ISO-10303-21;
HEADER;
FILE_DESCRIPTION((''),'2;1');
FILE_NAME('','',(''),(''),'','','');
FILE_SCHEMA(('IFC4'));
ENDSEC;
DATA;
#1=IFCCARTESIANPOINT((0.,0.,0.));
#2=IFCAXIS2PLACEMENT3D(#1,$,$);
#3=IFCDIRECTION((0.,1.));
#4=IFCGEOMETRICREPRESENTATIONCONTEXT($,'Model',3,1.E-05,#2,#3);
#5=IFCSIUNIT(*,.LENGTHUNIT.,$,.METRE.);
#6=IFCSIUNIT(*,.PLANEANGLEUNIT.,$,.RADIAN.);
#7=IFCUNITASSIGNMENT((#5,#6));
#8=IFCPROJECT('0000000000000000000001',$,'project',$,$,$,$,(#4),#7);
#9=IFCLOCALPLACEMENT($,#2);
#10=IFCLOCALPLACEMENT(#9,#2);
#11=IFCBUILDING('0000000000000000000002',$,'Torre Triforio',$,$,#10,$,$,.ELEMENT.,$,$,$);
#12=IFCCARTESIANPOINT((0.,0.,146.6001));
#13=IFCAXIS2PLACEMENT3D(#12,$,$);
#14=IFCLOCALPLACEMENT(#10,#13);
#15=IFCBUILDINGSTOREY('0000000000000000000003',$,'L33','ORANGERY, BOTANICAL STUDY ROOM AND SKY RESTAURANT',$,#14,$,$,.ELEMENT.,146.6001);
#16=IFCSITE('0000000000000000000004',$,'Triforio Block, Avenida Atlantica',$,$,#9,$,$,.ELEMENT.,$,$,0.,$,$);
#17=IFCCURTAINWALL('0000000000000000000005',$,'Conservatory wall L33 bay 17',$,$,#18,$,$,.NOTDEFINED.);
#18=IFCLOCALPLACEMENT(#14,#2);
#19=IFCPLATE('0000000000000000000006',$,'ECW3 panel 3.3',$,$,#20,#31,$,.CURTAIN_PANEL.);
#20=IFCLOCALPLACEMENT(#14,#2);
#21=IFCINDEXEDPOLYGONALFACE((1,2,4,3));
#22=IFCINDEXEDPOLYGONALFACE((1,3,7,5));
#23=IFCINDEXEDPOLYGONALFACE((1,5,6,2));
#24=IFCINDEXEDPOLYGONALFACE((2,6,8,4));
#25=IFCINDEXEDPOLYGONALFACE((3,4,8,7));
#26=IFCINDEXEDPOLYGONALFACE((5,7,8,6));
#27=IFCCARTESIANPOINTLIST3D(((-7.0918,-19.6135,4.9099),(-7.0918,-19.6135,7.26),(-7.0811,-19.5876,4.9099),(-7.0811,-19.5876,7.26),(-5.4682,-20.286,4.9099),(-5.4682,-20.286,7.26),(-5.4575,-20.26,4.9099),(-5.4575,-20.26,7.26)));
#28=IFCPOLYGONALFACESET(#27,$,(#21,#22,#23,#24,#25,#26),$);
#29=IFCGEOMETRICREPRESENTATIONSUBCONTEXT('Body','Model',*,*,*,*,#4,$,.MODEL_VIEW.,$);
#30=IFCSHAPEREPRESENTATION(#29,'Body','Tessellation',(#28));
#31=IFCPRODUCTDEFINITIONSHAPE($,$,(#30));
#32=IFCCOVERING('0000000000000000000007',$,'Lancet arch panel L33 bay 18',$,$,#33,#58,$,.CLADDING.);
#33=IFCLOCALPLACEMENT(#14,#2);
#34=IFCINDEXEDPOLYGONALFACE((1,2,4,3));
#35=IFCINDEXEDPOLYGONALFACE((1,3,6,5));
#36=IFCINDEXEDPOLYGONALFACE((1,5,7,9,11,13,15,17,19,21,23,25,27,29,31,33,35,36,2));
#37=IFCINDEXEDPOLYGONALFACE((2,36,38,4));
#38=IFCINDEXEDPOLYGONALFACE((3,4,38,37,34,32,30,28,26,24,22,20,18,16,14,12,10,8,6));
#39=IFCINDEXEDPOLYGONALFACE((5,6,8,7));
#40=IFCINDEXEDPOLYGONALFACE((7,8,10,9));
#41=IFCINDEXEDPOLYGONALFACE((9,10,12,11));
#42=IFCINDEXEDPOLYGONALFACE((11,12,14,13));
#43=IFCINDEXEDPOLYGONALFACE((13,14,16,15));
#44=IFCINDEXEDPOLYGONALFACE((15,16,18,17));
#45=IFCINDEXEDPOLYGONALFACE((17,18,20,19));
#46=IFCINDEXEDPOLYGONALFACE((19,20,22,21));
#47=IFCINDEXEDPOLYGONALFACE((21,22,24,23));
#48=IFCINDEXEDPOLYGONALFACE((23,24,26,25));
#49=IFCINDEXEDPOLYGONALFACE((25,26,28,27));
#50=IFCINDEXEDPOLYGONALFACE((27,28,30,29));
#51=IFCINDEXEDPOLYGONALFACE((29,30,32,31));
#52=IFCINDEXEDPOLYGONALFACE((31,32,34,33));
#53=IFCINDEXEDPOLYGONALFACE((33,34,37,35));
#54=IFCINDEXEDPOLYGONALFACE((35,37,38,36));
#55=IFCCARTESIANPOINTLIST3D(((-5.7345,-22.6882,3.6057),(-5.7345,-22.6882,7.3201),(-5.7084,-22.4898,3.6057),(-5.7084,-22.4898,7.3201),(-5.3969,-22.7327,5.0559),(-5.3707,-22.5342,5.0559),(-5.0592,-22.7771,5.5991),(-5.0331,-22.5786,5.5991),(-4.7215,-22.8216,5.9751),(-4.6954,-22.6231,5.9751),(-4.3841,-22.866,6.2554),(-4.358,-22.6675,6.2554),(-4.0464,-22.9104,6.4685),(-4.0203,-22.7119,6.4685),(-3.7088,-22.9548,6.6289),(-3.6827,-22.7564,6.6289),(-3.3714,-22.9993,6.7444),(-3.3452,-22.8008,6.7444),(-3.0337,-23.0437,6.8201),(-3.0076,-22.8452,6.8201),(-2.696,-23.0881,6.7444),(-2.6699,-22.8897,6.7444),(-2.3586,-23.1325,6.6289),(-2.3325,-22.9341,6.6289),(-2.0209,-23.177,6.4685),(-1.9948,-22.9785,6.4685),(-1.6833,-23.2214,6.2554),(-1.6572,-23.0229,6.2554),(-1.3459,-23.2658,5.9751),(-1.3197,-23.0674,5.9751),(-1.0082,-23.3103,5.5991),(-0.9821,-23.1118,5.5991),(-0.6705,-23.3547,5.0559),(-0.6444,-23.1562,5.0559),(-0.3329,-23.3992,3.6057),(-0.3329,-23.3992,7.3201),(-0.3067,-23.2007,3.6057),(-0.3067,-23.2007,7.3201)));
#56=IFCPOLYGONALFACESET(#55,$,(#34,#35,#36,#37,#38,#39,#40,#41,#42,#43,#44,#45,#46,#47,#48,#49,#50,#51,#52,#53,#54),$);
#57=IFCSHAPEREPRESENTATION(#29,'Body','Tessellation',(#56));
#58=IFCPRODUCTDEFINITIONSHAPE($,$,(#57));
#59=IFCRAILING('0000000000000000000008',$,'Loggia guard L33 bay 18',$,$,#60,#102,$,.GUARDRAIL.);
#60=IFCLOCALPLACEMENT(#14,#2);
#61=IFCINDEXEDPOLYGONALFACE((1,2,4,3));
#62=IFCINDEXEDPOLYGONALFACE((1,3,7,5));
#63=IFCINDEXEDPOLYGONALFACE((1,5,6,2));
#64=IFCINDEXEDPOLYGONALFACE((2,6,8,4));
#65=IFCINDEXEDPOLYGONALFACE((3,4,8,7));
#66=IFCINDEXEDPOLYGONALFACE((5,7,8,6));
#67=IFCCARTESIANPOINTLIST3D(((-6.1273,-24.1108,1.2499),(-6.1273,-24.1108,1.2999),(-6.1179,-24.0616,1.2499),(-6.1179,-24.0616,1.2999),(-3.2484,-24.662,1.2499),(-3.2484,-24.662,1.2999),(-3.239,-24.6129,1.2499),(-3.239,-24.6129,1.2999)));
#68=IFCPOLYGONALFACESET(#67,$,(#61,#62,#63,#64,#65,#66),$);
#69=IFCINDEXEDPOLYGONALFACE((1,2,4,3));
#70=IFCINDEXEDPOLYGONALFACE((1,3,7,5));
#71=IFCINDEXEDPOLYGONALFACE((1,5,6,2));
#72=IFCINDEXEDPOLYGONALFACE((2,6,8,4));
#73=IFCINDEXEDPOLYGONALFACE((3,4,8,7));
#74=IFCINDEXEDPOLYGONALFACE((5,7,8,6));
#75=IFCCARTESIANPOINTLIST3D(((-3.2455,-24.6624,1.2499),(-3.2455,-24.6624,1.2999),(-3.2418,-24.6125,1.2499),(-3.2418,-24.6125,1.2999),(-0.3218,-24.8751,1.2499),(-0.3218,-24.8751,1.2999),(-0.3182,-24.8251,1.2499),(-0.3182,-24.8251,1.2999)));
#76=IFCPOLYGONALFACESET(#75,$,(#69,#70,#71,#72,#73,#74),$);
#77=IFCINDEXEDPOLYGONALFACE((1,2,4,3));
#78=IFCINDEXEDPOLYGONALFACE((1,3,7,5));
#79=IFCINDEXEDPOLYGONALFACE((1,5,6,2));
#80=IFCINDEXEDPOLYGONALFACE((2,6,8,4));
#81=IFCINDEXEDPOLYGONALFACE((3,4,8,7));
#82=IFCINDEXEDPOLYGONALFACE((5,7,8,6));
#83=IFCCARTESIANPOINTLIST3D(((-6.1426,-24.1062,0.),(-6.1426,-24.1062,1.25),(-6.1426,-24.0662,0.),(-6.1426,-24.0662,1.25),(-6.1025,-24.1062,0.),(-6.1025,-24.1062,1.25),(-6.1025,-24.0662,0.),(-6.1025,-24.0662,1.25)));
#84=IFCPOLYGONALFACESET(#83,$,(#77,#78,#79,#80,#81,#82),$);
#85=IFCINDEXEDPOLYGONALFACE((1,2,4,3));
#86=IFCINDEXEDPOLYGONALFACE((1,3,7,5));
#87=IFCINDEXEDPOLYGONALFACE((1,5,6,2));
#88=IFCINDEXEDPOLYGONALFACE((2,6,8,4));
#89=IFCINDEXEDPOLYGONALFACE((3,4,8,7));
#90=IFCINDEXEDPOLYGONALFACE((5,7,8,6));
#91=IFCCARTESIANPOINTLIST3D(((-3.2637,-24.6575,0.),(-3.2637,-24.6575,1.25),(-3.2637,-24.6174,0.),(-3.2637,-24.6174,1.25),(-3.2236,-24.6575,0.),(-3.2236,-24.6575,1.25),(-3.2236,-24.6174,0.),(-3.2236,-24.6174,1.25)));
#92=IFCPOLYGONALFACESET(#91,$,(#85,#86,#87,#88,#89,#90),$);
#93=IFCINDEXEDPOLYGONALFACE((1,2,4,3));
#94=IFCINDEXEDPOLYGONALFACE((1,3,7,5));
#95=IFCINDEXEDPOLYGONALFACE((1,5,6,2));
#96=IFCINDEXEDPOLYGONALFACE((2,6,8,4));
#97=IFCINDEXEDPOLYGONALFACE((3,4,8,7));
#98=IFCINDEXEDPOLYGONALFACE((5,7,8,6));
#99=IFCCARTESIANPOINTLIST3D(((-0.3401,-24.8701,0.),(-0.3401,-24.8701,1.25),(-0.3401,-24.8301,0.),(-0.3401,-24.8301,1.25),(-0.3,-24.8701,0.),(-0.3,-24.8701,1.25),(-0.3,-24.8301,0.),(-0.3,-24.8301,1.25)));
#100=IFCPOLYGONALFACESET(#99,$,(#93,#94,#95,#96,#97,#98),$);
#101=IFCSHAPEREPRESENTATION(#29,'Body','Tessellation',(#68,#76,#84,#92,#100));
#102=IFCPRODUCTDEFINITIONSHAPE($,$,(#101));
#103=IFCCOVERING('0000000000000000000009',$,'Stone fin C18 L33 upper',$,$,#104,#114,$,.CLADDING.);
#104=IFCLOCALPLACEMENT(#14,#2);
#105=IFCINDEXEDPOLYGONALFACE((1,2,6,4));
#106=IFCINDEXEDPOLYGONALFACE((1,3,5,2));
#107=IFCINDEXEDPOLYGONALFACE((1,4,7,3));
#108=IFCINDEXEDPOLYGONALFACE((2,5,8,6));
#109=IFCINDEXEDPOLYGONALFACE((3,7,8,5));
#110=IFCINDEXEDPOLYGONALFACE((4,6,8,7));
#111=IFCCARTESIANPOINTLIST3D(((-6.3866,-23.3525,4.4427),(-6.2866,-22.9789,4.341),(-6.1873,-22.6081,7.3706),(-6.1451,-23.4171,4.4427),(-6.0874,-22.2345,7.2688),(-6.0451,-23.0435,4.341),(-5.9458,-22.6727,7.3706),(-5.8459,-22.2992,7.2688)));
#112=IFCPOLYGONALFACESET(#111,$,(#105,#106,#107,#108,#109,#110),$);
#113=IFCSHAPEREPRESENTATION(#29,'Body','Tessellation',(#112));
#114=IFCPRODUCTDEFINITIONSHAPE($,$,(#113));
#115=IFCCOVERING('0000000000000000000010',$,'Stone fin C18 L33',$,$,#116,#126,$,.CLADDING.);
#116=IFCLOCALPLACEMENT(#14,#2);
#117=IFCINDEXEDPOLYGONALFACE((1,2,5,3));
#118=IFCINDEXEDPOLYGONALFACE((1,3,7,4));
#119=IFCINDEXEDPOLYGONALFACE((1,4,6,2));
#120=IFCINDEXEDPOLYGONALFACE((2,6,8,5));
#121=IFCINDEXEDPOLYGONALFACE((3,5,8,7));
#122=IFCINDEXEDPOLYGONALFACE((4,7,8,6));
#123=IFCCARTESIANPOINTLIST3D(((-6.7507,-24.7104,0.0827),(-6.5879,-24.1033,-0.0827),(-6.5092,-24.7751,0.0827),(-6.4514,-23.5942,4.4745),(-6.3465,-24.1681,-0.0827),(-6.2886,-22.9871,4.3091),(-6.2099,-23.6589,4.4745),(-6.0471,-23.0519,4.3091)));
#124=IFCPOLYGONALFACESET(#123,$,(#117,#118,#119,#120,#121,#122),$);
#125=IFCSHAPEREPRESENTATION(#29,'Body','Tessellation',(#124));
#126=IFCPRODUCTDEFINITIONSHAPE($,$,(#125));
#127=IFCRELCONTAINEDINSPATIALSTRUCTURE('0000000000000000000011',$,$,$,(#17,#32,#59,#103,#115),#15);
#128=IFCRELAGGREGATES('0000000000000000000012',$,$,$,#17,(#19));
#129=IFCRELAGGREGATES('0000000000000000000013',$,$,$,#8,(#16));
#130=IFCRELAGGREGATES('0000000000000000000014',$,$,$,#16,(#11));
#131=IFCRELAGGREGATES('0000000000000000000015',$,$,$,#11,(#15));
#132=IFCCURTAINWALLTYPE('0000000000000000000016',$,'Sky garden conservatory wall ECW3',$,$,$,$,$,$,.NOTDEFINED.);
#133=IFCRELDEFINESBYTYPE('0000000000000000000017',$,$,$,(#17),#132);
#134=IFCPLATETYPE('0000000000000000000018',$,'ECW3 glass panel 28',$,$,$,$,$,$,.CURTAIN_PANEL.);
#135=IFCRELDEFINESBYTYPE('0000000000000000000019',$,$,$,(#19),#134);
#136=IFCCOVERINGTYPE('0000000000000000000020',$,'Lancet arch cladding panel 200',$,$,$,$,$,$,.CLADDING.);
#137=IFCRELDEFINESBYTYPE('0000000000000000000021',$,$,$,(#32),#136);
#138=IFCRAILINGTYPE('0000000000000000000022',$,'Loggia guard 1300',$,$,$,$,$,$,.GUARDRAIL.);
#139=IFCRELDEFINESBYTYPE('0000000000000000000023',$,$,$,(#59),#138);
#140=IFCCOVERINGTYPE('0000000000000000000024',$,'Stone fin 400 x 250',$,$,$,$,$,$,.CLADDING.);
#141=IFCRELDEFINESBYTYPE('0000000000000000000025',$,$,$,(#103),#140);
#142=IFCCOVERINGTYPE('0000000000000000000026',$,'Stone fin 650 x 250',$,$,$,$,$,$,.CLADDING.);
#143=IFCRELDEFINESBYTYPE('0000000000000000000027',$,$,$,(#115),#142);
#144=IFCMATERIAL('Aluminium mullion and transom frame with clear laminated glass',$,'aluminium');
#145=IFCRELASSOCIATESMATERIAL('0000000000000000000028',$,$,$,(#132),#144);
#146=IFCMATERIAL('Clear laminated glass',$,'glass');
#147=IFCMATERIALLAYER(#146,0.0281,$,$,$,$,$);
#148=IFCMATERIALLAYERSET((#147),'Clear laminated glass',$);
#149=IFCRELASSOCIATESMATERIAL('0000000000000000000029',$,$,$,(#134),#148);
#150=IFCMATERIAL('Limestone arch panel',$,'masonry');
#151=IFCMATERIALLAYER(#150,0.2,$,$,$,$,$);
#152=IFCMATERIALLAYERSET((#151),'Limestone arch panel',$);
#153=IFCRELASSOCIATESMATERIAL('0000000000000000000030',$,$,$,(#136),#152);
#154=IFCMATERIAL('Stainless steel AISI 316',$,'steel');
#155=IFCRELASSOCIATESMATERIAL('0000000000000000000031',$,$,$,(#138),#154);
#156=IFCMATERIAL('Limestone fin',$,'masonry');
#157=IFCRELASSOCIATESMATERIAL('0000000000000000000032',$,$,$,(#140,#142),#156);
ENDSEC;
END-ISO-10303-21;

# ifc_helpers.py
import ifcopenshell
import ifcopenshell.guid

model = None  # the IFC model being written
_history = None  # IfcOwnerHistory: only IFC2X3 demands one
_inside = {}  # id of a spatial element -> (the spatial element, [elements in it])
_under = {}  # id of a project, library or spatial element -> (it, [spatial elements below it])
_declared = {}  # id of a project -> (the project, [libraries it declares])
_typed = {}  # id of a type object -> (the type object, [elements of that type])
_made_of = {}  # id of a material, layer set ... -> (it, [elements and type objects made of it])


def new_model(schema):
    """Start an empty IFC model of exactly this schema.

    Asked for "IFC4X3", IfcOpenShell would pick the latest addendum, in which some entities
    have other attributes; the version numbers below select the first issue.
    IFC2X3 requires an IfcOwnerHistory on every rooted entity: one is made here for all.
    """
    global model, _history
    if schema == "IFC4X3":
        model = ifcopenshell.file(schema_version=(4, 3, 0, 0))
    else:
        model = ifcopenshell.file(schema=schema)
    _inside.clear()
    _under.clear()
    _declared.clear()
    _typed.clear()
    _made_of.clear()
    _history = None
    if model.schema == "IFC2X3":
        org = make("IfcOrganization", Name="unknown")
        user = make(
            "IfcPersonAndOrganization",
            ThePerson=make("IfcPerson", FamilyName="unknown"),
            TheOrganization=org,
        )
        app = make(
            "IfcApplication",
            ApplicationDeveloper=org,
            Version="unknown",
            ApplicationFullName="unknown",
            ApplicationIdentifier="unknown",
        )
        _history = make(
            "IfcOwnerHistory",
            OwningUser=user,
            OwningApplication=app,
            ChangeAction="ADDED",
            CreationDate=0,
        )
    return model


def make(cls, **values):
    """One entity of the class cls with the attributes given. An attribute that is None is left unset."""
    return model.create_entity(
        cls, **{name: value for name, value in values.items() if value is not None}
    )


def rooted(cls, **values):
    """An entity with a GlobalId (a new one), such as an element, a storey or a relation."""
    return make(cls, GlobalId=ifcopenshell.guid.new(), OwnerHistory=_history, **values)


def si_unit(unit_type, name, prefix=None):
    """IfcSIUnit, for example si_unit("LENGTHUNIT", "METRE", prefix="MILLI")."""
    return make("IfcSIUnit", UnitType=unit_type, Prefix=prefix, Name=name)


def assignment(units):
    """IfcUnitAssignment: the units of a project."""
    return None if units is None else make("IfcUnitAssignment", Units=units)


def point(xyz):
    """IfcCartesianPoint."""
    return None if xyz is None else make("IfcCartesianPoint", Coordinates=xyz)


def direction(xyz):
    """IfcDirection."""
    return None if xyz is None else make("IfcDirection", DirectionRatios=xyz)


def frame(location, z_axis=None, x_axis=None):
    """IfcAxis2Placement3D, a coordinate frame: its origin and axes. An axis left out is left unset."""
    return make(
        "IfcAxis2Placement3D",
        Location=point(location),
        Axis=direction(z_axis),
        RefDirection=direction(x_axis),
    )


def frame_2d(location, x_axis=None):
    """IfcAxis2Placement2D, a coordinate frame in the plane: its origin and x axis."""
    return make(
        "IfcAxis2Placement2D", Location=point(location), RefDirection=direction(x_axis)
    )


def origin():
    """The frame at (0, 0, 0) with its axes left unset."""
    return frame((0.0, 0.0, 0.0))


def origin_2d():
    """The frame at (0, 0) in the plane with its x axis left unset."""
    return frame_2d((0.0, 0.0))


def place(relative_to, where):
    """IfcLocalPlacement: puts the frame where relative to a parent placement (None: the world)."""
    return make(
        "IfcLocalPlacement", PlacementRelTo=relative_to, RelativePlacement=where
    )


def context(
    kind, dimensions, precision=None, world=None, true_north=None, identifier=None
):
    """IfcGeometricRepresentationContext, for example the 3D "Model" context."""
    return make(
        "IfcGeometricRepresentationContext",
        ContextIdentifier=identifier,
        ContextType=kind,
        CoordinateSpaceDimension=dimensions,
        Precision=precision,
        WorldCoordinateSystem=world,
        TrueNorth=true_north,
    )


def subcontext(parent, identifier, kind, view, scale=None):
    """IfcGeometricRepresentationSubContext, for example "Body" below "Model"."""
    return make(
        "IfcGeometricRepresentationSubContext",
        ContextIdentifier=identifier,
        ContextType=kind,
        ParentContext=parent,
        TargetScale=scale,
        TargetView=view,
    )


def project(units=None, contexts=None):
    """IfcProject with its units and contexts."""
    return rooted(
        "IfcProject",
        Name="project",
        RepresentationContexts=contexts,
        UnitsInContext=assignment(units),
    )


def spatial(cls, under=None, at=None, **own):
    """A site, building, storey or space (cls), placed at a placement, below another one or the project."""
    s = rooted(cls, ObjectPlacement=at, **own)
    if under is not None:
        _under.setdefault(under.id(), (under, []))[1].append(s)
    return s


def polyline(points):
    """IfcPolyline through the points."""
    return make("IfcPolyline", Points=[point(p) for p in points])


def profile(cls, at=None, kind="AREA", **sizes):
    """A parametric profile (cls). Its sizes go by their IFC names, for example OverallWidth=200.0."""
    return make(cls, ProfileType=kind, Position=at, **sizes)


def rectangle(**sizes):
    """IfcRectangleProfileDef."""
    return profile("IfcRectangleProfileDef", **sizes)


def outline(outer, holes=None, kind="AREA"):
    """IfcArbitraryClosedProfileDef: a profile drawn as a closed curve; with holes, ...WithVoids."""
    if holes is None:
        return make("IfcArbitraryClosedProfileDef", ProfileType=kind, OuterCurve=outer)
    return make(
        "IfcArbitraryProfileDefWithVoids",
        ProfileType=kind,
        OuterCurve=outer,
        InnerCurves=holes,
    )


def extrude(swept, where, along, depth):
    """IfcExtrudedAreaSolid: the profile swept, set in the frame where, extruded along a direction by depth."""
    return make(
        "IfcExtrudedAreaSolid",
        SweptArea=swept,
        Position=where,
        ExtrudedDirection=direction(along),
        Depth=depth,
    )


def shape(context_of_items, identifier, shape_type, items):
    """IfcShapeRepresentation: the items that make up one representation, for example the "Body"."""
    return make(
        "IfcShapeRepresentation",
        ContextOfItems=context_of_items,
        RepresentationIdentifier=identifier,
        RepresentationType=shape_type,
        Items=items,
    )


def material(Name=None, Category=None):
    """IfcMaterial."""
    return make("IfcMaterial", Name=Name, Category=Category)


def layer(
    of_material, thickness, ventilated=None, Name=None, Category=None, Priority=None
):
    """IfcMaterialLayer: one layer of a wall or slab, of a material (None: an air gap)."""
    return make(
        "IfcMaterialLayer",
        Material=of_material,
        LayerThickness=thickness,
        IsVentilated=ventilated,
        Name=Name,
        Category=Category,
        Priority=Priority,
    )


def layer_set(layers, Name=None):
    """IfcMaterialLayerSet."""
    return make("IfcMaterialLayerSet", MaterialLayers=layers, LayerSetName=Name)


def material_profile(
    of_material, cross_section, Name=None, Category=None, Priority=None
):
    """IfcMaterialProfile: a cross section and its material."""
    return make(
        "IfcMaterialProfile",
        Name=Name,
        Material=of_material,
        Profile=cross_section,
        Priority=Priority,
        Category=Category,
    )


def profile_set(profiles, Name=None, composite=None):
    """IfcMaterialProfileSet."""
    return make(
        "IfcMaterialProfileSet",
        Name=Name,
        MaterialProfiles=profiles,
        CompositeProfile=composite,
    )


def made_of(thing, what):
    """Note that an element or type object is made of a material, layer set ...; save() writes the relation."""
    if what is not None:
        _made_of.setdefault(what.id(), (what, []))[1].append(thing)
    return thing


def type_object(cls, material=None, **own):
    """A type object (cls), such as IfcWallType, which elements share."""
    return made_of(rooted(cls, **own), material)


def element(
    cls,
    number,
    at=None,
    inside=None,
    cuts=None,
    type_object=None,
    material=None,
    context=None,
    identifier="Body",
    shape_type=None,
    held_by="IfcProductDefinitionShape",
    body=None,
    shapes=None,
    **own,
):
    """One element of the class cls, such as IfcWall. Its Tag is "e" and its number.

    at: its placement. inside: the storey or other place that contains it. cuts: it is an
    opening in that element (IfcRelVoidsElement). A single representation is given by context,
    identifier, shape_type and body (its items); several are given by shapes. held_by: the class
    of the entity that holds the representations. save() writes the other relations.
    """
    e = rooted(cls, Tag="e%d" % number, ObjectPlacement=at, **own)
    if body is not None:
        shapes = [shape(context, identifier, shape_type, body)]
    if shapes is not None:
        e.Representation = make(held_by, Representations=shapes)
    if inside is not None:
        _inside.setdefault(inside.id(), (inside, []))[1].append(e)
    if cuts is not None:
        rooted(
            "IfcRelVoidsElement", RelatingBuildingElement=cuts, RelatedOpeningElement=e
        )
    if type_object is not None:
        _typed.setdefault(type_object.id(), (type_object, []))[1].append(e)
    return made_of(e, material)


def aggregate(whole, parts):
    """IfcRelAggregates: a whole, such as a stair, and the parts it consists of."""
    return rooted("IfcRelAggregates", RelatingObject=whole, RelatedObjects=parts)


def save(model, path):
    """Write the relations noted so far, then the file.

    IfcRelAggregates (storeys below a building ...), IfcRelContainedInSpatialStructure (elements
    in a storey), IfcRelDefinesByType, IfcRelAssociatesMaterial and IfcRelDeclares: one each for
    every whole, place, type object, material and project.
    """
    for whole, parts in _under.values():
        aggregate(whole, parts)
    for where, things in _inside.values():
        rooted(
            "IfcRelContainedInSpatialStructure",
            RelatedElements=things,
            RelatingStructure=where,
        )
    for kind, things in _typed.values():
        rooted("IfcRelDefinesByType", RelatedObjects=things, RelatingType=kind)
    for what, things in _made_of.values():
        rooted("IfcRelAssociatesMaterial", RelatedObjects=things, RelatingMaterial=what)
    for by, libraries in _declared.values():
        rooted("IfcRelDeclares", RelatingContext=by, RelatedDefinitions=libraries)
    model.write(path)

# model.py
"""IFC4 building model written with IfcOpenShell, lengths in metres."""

from ifc_helpers import new_model, si_unit, direction, frame, origin, origin_2d, place, context, subcontext, project, spatial, polyline, rectangle, outline, extrude, material, layer, layer_set, material_profile, profile_set, type_object, element, aggregate, save


model = new_model("IFC4")

# Units and contexts
model_context = context("Model", 3, precision=1e-05, world=origin(), true_north=direction((0.0, 1.0)))
body_context = subcontext(model_context, "Body", "Model", "MODEL_VIEW")
ifc_project = project(units=[si_unit("LENGTHUNIT", "METRE"), si_unit("PLANEANGLEUNIT", "RADIAN")], contexts=[model_context])

# Site, building, storey
site_placement = place(None, origin())
site = spatial("IfcSite", under=ifc_project, at=site_placement, Name="Triforio Block, Avenida Atlantica", CompositionType="ELEMENT", RefElevation=0.0)
building_placement = place(site_placement, origin())
building = spatial("IfcBuilding", under=site, at=building_placement, Name="Torre Triforio", CompositionType="ELEMENT")
storey_placement = place(building_placement, frame((0.0, 0.0, 146.6001)))
storey = spatial("IfcBuildingStorey", under=building, at=storey_placement, Name="L33", Description="ORANGERY, BOTANICAL STUDY ROOM AND SKY RESTAURANT", CompositionType="ELEMENT", Elevation=146.6001)

# Curtain wall
ifc_material_1 = material(Name="Aluminium mullion and transom frame with clear laminated glass", Category="aluminium")
curtain_wall_type = type_object("IfcCurtainWallType", Name="Sky garden conservatory wall ECW3", PredefinedType="NOTDEFINED", material=ifc_material_1)
curtain_wall_1_placement = place(storey_placement, origin())
curtain_wall_1 = element("IfcCurtainWall", 1, at=curtain_wall_1_placement, inside=storey, type_object=curtain_wall_type, Name="Conservatory wall L33 bay 17", PredefinedType="NOTDEFINED")

# Plate
ifc_material_2 = material(Name="Clear laminated glass", Category="glass")
ifc_layer_1 = layer(ifc_material_2, 0.0281)
ifc_layer_set_1 = layer_set([ifc_layer_1], Name="Clear laminated glass")
plate_type = type_object("IfcPlateType", Name="ECW3 glass panel 28", PredefinedType="CURTAIN_PANEL", material=ifc_layer_set_1)
plate_1_placement = place(storey_placement, frame((-6.2747, -19.9368, 4.9099), z_axis=(0.0, 0.0, 1.0), x_axis=(0.923883, -0.382675, 0.0)))
plate_1 = element("IfcPlate", 2, at=plate_1_placement, type_object=plate_type, Name="ECW3 panel 3.3", PredefinedType="CURTAIN_PANEL", context=body_context, shape_type="SweptSolid", body=[
    extrude(rectangle(XDim=1.7573, YDim=0.0281, at=origin_2d()), origin(), (0.0, 0.0, 1.0), 2.3501),
])
aggregate(curtain_wall_1, [plate_1])

# Covering
ifc_material_3 = material(Name="Limestone arch panel", Category="masonry")
ifc_layer_2 = layer(ifc_material_3, 0.2)
ifc_layer_set_2 = layer_set([ifc_layer_2], Name="Limestone arch panel")
covering_type_1 = type_object("IfcCoveringType", Name="Lancet arch cladding panel 200", PredefinedType="CLADDING", material=ifc_layer_set_2)
covering_1_placement = place(storey_placement, frame((-3.0076, -22.8452, 0.0), z_axis=(-0.130486, -0.99145, 0.0), x_axis=(0.99145, -0.130486, 0.0)))
element("IfcCovering", 3, at=covering_1_placement, inside=storey, type_object=covering_type_1, Name="Lancet arch panel L33 bay 18", PredefinedType="CLADDING", context=body_context, shape_type="SweptSolid", body=[
    extrude(outline(polyline([(-2.7241, 7.3201), (-2.7241, 3.6057), (-2.3835, 5.0559), (-2.043, 5.5991), (-1.7024, 5.9751), (-1.3621, 6.2554), (-1.0215, 6.4685), (-0.6809, 6.6289), (-0.3406, 6.7444), (0.0, 6.8201), (0.3406, 6.7444), (0.6809, 6.6289), (1.0215, 6.4685), (1.3621, 6.2554), (1.7024, 5.9751), (2.043, 5.5991), (2.3835, 5.0559), (2.7241, 3.6057), (2.7241, 7.3201), (-2.7241, 7.3201)])), origin(), (0.0, 0.0, 1.0), 0.2002),
])

# Railing
ifc_material_4 = material(Name="Stainless steel AISI 316", Category="steel")
railing_type = type_object("IfcRailingType", Name="Loggia guard 1300", PredefinedType="GUARDRAIL", material=ifc_material_4)
railing_placement = place(storey_placement, frame((-6.1226, -24.0862, 0.0)))
element("IfcRailing", 4, at=railing_placement, inside=storey, type_object=railing_type, Name="Loggia guard L33 bay 18", PredefinedType="GUARDRAIL", context=body_context, shape_type="SweptSolid", body=[
    extrude(rectangle(XDim=0.05, YDim=0.05, at=origin_2d()), frame((0.0, 0.0, 1.2749), z_axis=(0.982156, -0.188069, 0.0), x_axis=(0.188069, 0.982156, 0.0)), (0.0, 0.0, 1.0), 2.9312),
    extrude(rectangle(XDim=0.05, YDim=0.05, at=origin_2d()), frame((2.8789, -0.5513, 1.2749), z_axis=(0.997365, -0.072543, 0.0), x_axis=(0.072543, 0.997365, 0.0)), (0.0, 0.0, 1.0), 2.9314),
    extrude(rectangle(XDim=0.04, YDim=0.04, at=origin_2d()), origin(), (0.0, 0.0, 1.0), 1.25),
    extrude(rectangle(XDim=0.04, YDim=0.04, at=origin_2d()), frame((2.8789, -0.5513, 0.0)), (0.0, 0.0, 1.0), 1.25),
    extrude(rectangle(XDim=0.04, YDim=0.04, at=origin_2d()), frame((5.8025, -0.7639, 0.0)), (0.0, 0.0, 1.0), 1.25),
])

# Coverings
ifc_material_5 = material(Name="Limestone fin", Category="masonry")
ifc_material_profile_1 = material_profile(ifc_material_5, rectangle(XDim=0.3999, YDim=0.25, at=origin_2d()), Name="FIN 400x250")
ifc_profile_set_1 = profile_set([ifc_material_profile_1], Name="Limestone fin")
covering_type_2 = type_object("IfcCoveringType", Name="Stone fin 400 x 250", PredefinedType="CLADDING", material=ifc_profile_set_1)
covering_2_placement = place(storey_placement, frame((-6.2158, -23.198, 4.3918), z_axis=(0.065799, 0.24586, 0.96707), x_axis=(-0.250017, -0.934192, 0.254512)))
element("IfcCovering", 5, at=covering_2_placement, inside=storey, type_object=covering_type_2, Name="Stone fin C18 L33 upper", PredefinedType="CLADDING", context=body_context, shape_type="SweptSolid", body=[
    extrude(rectangle(XDim=0.3999, YDim=0.25, at=origin_2d()), origin(), (0.0, 0.0, 1.0), 3.0276),
])
ifc_material_profile_2 = material_profile(ifc_material_5, rectangle(XDim=0.6499, YDim=0.25, at=origin_2d()), Name="FIN 650x250")
ifc_profile_set_2 = profile_set([ifc_material_profile_2], Name="Limestone fin")
covering_type_3 = type_object("IfcCoveringType", Name="Stone fin 650 x 250", PredefinedType="CLADDING", material=ifc_profile_set_2)
covering_3_placement = place(storey_placement, frame((-6.5486, -24.4392, 0.0), z_axis=(0.065909, 0.245789, 0.96708), x_axis=(-0.250477, -0.93408, 0.254472)))
element("IfcCovering", 6, at=covering_3_placement, inside=storey, type_object=covering_type_3, Name="Stone fin C18 L33", PredefinedType="CLADDING", context=body_context, shape_type="SweptSolid", body=[
    extrude(rectangle(XDim=0.6499, YDim=0.25, at=origin_2d()), origin(), (0.0, 0.0, 1.0), 4.5413),
])

save(model, "model.ifc")
